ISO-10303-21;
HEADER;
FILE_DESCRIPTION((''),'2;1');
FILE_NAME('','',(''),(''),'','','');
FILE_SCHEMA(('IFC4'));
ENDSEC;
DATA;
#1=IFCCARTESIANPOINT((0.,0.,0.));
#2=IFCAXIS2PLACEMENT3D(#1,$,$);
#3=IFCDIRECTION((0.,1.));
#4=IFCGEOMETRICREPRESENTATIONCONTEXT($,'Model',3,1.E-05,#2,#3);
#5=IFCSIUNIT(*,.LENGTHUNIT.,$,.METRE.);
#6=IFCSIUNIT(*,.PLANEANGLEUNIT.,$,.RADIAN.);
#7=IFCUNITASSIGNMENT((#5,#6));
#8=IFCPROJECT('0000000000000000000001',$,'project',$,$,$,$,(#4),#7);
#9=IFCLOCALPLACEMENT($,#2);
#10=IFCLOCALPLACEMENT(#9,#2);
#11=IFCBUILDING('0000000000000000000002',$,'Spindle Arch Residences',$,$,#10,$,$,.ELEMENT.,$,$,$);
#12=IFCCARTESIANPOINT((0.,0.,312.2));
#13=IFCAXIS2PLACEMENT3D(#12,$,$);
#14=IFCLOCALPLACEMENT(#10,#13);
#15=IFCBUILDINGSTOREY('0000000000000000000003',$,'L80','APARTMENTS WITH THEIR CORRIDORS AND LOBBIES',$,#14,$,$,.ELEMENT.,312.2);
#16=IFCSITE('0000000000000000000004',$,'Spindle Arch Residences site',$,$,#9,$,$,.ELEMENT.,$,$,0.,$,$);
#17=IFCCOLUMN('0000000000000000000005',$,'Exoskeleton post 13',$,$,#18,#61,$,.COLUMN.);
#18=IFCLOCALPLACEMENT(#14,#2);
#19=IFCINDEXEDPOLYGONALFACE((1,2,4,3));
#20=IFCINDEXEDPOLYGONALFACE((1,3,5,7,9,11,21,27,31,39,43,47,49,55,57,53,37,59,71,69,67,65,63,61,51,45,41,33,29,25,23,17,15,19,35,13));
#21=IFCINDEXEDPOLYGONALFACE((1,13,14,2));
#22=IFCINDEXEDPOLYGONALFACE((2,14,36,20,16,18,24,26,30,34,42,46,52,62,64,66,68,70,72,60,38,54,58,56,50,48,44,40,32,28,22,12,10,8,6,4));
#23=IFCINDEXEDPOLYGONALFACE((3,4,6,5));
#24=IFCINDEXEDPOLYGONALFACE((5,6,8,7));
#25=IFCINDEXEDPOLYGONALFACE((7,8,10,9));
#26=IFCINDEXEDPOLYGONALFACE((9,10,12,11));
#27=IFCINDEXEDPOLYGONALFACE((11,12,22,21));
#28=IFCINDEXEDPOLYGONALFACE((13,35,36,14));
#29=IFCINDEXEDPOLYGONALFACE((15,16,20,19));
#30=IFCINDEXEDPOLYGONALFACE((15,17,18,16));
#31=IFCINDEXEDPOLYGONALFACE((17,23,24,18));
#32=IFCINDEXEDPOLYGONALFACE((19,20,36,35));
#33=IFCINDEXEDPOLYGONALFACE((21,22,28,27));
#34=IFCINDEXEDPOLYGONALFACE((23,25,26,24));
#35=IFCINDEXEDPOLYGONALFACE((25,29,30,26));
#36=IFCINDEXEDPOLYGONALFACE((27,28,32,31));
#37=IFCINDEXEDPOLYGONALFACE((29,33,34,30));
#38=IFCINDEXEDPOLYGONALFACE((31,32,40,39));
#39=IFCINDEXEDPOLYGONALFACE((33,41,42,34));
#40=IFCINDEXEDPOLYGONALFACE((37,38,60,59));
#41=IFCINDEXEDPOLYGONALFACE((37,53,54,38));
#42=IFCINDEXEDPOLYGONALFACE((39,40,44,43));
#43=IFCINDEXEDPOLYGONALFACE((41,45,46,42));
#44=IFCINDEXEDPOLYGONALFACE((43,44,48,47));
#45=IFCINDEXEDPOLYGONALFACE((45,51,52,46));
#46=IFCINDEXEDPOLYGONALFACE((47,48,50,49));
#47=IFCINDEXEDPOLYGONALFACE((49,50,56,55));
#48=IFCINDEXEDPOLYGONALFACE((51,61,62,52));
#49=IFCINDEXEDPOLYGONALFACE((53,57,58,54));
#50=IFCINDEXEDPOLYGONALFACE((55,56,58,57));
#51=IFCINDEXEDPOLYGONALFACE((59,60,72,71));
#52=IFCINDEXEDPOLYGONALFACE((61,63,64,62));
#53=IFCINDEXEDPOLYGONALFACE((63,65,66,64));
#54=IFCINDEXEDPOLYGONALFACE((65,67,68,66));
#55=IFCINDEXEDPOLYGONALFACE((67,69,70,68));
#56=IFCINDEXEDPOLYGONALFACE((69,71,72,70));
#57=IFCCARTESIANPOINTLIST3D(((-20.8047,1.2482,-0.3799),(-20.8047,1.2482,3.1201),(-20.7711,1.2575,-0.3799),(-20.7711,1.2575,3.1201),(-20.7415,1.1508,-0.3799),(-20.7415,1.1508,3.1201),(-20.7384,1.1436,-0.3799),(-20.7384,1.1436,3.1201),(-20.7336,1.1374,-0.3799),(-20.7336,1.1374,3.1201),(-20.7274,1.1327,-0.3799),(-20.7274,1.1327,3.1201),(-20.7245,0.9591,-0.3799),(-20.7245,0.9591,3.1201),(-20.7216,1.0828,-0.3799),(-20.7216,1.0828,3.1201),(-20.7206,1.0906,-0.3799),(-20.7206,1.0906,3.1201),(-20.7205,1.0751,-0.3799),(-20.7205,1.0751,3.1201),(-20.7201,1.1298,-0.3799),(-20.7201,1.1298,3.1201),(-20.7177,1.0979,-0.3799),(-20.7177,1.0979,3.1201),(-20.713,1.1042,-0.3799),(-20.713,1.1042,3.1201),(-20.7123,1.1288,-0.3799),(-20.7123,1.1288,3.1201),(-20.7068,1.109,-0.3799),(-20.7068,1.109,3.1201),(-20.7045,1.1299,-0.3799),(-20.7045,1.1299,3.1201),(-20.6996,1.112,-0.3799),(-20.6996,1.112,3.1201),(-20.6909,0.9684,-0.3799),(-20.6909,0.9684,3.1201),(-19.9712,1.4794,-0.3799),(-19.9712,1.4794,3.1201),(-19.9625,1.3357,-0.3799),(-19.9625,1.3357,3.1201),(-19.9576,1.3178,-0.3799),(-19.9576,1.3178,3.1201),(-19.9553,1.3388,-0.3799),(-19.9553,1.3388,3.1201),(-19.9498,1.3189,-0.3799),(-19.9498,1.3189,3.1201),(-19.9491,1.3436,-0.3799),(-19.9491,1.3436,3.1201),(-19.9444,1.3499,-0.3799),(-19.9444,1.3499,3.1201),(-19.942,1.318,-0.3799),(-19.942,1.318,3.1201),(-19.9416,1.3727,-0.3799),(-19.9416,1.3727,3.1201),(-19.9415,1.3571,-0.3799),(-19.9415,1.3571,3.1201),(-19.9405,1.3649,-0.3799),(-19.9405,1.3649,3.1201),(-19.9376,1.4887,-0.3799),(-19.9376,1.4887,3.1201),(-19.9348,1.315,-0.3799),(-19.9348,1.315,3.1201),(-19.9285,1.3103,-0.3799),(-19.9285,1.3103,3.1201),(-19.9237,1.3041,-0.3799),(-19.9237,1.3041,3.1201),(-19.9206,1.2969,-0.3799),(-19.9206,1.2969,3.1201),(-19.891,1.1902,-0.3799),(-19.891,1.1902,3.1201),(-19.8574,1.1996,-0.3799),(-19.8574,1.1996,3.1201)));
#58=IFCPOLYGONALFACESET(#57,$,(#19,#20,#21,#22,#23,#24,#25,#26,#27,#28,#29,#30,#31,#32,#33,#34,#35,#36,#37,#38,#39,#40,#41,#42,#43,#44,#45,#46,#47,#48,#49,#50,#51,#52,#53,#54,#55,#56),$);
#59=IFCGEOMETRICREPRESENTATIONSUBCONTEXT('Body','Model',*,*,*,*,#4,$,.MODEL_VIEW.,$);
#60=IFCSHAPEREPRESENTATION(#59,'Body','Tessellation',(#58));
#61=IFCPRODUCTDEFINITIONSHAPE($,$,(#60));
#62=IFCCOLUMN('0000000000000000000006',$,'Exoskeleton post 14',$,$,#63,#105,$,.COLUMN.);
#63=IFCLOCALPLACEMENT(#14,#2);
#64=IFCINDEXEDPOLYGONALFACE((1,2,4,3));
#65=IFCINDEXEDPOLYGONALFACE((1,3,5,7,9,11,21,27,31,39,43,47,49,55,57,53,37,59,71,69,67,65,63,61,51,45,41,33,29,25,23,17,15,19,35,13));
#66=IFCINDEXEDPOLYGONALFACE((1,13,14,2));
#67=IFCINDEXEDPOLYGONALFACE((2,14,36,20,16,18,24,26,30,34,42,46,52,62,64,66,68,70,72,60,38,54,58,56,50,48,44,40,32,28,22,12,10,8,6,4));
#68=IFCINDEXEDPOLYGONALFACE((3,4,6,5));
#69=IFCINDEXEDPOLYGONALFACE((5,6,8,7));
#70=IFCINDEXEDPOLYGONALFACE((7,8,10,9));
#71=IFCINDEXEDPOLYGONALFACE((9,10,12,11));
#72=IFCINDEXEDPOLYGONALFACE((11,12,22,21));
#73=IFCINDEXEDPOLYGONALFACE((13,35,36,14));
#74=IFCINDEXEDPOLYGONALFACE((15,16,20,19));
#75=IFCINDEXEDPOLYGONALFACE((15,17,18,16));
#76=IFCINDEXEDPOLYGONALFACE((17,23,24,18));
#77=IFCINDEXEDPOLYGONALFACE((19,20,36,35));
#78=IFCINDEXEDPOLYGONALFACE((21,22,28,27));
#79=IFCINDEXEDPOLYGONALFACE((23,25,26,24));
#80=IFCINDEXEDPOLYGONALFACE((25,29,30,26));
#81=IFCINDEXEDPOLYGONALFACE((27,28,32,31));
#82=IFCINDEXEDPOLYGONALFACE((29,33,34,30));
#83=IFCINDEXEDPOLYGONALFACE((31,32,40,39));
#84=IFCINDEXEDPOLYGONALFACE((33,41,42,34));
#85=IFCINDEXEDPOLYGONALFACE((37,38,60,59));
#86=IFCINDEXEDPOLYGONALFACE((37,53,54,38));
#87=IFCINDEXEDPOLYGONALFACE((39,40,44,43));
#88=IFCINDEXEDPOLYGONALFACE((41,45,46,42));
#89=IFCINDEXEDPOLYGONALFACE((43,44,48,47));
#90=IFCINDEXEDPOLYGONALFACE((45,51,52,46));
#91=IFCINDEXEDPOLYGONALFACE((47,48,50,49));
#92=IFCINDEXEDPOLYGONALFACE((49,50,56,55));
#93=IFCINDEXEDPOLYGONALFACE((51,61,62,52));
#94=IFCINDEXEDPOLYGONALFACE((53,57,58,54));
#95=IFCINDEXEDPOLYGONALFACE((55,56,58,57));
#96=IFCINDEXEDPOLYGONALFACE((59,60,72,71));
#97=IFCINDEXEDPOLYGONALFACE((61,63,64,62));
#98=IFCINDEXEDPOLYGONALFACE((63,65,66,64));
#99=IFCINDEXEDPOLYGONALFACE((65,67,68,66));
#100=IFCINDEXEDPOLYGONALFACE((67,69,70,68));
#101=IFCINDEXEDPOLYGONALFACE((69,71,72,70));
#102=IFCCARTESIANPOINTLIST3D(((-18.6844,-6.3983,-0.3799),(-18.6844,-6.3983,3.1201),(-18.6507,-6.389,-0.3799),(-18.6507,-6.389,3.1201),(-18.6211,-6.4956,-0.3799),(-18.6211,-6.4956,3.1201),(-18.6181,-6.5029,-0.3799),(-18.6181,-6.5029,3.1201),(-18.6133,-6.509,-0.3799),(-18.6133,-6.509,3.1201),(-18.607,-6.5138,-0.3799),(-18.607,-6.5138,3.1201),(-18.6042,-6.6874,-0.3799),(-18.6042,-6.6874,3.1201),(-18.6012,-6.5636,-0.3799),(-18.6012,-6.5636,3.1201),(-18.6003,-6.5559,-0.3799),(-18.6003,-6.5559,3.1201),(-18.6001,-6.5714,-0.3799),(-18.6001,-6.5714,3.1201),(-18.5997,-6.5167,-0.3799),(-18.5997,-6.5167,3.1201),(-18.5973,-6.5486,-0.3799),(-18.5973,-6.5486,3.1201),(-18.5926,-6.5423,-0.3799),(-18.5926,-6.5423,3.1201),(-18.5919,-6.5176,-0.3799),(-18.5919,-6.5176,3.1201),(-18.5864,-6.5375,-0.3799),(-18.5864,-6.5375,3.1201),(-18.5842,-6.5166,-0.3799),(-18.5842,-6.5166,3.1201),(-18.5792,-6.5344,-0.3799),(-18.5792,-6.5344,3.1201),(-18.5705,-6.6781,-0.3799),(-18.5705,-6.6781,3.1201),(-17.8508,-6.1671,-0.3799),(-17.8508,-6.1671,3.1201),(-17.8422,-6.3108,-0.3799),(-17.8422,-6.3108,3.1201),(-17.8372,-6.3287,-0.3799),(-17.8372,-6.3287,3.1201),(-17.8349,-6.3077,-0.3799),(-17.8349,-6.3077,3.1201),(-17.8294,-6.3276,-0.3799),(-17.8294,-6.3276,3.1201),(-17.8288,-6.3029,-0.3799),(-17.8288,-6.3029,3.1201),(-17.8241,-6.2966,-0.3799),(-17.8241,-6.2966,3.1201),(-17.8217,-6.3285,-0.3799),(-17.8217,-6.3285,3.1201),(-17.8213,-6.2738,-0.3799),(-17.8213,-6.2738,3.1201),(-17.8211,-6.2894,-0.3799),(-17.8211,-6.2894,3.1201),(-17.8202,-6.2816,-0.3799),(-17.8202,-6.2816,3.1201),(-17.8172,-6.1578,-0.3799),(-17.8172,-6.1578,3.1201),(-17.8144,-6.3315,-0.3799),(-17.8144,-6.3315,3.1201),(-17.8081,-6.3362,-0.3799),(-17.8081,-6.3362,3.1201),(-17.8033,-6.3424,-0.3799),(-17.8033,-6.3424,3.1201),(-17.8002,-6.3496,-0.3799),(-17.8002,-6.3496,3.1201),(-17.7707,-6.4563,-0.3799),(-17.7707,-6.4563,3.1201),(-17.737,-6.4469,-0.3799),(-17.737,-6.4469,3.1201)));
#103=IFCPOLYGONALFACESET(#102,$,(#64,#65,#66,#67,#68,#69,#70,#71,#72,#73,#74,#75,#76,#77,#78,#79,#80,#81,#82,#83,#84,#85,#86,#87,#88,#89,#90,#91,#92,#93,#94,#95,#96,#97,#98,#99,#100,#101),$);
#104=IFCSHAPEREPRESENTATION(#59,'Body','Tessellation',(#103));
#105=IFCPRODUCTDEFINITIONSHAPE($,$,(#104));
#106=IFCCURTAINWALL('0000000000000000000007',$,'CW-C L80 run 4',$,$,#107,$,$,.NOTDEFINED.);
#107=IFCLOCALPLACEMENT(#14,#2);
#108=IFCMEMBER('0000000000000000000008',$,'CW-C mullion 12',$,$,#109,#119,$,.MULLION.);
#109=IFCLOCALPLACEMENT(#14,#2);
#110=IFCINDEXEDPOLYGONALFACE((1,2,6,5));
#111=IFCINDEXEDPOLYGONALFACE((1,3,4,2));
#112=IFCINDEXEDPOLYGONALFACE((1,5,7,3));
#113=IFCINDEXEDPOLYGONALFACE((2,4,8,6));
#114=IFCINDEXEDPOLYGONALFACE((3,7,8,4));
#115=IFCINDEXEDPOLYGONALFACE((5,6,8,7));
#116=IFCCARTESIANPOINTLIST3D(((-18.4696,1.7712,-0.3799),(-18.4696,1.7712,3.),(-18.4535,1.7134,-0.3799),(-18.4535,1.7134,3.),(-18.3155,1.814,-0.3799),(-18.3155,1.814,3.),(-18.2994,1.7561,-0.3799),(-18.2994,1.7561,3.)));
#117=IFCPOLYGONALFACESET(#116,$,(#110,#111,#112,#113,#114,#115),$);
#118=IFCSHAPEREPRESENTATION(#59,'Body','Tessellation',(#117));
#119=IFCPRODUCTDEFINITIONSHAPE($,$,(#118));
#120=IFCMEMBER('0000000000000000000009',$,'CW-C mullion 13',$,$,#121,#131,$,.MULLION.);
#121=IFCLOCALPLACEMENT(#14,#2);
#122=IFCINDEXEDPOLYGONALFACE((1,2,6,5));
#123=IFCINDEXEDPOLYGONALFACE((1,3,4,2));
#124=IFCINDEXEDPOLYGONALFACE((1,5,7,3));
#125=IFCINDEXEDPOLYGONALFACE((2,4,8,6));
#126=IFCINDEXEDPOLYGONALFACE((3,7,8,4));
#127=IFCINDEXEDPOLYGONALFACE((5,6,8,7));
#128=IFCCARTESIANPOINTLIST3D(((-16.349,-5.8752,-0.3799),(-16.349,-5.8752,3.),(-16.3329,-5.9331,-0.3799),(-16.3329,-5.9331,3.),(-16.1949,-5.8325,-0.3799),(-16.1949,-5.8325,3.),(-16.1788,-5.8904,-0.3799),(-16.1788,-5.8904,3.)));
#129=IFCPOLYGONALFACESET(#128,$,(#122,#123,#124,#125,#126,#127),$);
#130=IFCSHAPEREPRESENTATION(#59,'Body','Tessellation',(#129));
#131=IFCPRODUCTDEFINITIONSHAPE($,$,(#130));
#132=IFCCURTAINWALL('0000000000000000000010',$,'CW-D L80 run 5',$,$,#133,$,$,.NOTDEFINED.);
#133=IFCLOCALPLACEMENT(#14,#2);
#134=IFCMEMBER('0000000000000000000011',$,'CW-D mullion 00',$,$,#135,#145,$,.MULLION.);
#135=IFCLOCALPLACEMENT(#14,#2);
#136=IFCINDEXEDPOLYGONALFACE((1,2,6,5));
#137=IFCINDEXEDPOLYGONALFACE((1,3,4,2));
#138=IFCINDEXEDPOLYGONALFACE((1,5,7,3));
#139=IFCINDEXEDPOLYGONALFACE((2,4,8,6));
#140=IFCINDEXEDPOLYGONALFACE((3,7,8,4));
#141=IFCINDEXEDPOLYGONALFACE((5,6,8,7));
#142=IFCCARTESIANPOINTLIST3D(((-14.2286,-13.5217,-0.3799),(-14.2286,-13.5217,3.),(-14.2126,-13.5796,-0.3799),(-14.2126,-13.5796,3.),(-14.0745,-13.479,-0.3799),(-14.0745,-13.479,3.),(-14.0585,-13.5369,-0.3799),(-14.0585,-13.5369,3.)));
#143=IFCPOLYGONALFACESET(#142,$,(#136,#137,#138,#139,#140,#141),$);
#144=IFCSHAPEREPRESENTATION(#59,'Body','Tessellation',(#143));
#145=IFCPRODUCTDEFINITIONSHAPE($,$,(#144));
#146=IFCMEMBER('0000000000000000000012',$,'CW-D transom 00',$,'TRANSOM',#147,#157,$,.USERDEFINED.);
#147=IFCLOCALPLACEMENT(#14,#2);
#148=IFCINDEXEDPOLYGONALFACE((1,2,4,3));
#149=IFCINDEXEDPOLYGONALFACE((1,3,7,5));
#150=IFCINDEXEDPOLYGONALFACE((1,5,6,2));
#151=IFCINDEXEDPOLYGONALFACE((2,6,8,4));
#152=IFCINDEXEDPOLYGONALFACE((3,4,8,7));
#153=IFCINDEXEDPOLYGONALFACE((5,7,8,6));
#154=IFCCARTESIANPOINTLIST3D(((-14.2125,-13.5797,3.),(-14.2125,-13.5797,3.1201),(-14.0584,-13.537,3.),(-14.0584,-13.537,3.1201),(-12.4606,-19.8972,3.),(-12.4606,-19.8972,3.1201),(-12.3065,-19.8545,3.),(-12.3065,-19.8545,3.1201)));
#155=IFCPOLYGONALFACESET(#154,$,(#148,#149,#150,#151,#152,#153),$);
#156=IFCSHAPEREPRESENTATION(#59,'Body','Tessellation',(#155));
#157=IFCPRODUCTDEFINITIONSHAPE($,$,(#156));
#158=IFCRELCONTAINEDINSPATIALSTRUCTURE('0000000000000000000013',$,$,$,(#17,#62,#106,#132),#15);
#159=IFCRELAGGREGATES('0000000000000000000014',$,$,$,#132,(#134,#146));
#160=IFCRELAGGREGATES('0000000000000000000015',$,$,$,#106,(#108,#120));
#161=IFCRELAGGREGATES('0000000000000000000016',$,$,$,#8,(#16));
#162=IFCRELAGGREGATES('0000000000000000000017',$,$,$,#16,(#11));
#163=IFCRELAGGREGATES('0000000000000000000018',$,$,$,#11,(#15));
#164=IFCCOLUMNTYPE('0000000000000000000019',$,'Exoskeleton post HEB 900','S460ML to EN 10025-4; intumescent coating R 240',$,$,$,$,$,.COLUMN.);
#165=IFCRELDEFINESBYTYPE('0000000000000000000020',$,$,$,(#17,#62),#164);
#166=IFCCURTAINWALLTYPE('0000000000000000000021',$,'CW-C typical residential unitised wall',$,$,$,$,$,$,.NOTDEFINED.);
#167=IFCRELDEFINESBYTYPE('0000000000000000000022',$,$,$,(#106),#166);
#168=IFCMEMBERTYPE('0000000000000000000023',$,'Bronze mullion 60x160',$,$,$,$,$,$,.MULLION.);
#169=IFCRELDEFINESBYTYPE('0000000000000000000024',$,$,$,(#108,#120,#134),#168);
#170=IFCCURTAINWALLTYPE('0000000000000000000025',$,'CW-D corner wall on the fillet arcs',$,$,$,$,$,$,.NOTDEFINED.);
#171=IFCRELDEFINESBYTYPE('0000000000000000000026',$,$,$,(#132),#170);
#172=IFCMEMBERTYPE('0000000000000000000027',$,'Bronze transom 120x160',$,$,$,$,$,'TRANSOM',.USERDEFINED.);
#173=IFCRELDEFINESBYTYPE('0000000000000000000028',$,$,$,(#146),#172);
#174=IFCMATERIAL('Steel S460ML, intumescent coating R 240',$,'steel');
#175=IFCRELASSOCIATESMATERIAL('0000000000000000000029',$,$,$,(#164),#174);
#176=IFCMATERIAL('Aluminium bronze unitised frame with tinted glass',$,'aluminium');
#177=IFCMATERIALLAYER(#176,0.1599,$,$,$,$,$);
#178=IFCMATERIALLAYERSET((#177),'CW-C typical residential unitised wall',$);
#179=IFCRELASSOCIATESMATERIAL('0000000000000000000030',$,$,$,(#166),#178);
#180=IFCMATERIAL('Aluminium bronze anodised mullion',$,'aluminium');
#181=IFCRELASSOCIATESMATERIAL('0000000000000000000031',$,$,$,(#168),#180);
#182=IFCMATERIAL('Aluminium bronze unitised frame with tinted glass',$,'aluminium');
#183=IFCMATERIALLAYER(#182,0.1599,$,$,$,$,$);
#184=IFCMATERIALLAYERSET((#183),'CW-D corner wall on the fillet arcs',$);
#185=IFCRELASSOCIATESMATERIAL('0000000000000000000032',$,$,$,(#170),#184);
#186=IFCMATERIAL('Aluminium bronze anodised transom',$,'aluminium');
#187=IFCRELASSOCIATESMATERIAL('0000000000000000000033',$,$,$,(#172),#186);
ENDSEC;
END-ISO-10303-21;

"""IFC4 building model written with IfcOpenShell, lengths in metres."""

from ifc_helpers import new_model, si_unit, direction, frame, origin, origin_2d, place, context, subcontext, project, spatial, rectangle, i_section, extrude, material, layer, layer_set, material_profile, profile_set, type_object, element, aggregate, save


model = new_model("IFC4")

# Units and contexts
model_context = context("Model", 3, precision=1e-05, world=origin(), true_north=direction((0.0, 1.0)))
body_context = subcontext(model_context, "Body", "Model", "MODEL_VIEW")
ifc_project = project(units=[si_unit("LENGTHUNIT", "METRE"), si_unit("PLANEANGLEUNIT", "RADIAN")], contexts=[model_context])

# Site, building, storey
site_placement = place(None, origin())
site = spatial("IfcSite", under=ifc_project, at=site_placement, Name="Spindle Arch Residences site", CompositionType="ELEMENT", RefElevation=0.0)
building_placement = place(site_placement, origin())
building = spatial("IfcBuilding", under=site, at=building_placement, Name="Spindle Arch Residences", CompositionType="ELEMENT")
storey_placement = place(building_placement, frame((0.0, 0.0, 312.2)))
storey = spatial("IfcBuildingStorey", under=building, at=storey_placement, Name="L80", Description="APARTMENTS WITH THEIR CORRIDORS AND LOBBIES", CompositionType="ELEMENT", Elevation=312.2)

# Columns
ifc_material_1 = material(Name="Steel S460ML, intumescent coating R 240", Category="steel")
ifc_material_profile_1 = material_profile(ifc_material_1, i_section(OverallWidth=0.3, OverallDepth=0.8999, WebThickness=0.0186, FlangeThickness=0.0349, FilletRadius=0.03, at=origin_2d()), Name="HEB 900")
ifc_profile_set_1 = profile_set([ifc_material_profile_1], Name="Steel S460ML, intumescent coating R 240")
column_type = type_object("IfcColumnType", Name="Exoskeleton post HEB 900", Description="S460ML to EN 10025-4; intumescent coating R 240", PredefinedType="COLUMN", material=ifc_profile_set_1)
for number, where, z_axis, x_axis, name in (
    (1, (-20.3311, 1.2239, -0.3799), (0.0, 0.0, 1.0), (-0.267238, 0.963631, 0.0), "Exoskeleton post 13"),
    (2, (-18.2107, -6.4226, -0.3799), (0.0, 0.0, 1.0), (-0.267238, 0.963631, 0.0), "Exoskeleton post 14"),
):
    element("IfcColumn", number, at=place(storey_placement, frame(where, z_axis=z_axis, x_axis=x_axis)), inside=storey, type_object=column_type, Name=name, PredefinedType="COLUMN", context=body_context, shape_type="SweptSolid", body=[
        extrude(i_section(OverallWidth=0.3, OverallDepth=0.8999, WebThickness=0.0186, FlangeThickness=0.0349, FilletRadius=0.03, at=origin_2d()), origin(), (0.0, 0.0, 1.0), 3.5),
    ])

# Curtain walls, members
ifc_material_2 = material(Name="Aluminium bronze unitised frame with tinted glass", Category="aluminium")
ifc_layer_1 = layer(ifc_material_2, 0.1599)
ifc_layer_set_1 = layer_set([ifc_layer_1], Name="CW-C typical residential unitised wall")
curtain_wall_type_1 = type_object("IfcCurtainWallType", Name="CW-C typical residential unitised wall", PredefinedType="NOTDEFINED", material=ifc_layer_set_1)
curtain_wall_1_placement = place(storey_placement, origin())
curtain_wall_1 = element("IfcCurtainWall", 3, at=curtain_wall_1_placement, inside=storey, type_object=curtain_wall_type_1, Name="CW-C L80 run 4", PredefinedType="NOTDEFINED")
ifc_material_3 = material(Name="Aluminium bronze anodised mullion", Category="aluminium")
ifc_material_profile_2 = material_profile(ifc_material_3, rectangle(XDim=0.1599, YDim=0.0601, at=origin_2d()), Name="MU 60x160")
ifc_profile_set_2 = profile_set([ifc_material_profile_2], Name="Aluminium bronze anodised mullion")
member_type_1 = type_object("IfcMemberType", Name="Bronze mullion 60x160", PredefinedType="MULLION", material=ifc_profile_set_2)
member_1_placement = place(storey_placement, frame((-18.3845, 1.7637, -0.3799), z_axis=(0.0, 0.0, 1.0), x_axis=(0.96363, 0.267238, 0.0)))
member_1 = element("IfcMember", 4, at=member_1_placement, type_object=member_type_1, Name="CW-C mullion 12", PredefinedType="MULLION", context=body_context, shape_type="SweptSolid", body=[
    extrude(rectangle(XDim=0.1599, YDim=0.0601, at=origin_2d()), origin(), (0.0, 0.0, 1.0), 3.3799),
])
member_2_placement = place(storey_placement, frame((-16.2639, -5.8828, -0.3799), z_axis=(0.0, 0.0, 1.0), x_axis=(0.96363, 0.267238, 0.0)))
member_2 = element("IfcMember", 5, at=member_2_placement, type_object=member_type_1, Name="CW-C mullion 13", PredefinedType="MULLION", context=body_context, shape_type="SweptSolid", body=[
    extrude(rectangle(XDim=0.1599, YDim=0.0601, at=origin_2d()), origin(), (0.0, 0.0, 1.0), 3.3799),
])
ifc_material_4 = material(Name="Aluminium bronze unitised frame with tinted glass", Category="aluminium")
ifc_layer_2 = layer(ifc_material_4, 0.1599)
ifc_layer_set_2 = layer_set([ifc_layer_2], Name="CW-D corner wall on the fillet arcs")
curtain_wall_type_2 = type_object("IfcCurtainWallType", Name="CW-D corner wall on the fillet arcs", PredefinedType="NOTDEFINED", material=ifc_layer_set_2)
curtain_wall_2_placement = place(storey_placement, origin())
curtain_wall_2 = element("IfcCurtainWall", 6, at=curtain_wall_2_placement, inside=storey, type_object=curtain_wall_type_2, Name="CW-D L80 run 5", PredefinedType="NOTDEFINED")
member_3_placement = place(storey_placement, frame((-14.1436, -13.5293, -0.3799), z_axis=(0.0, 0.0, 1.0), x_axis=(0.96363, 0.267238, 0.0)))
member_3 = element("IfcMember", 7, at=member_3_placement, type_object=member_type_1, Name="CW-D mullion 00", PredefinedType="MULLION", context=body_context, shape_type="SweptSolid", body=[
    extrude(rectangle(XDim=0.1599, YDim=0.0601, at=origin_2d()), origin(), (0.0, 0.0, 1.0), 3.3799),
])
ifc_material_5 = material(Name="Aluminium bronze anodised transom", Category="aluminium")
ifc_material_profile_3 = material_profile(ifc_material_5, rectangle(XDim=0.1599, YDim=0.1201, at=origin_2d()), Name="TR 120x160")
ifc_profile_set_3 = profile_set([ifc_material_profile_3], Name="Aluminium bronze anodised transom")
member_type_2 = type_object("IfcMemberType", Name="Bronze transom 120x160", ElementType="TRANSOM", PredefinedType="USERDEFINED", material=ifc_profile_set_3)
member_4_placement = place(storey_placement, frame((-14.1355, -13.5583, 3.0601), z_axis=(0.267237, -0.963631, 0.0), x_axis=(0.963631, 0.267237, 0.0)))
member_4 = element("IfcMember", 8, at=member_4_placement, type_object=member_type_2, Name="CW-D transom 00", ObjectType="TRANSOM", PredefinedType="USERDEFINED", context=body_context, shape_type="SweptSolid", body=[
    extrude(rectangle(XDim=0.1599, YDim=0.1201, at=origin_2d()), origin(), (0.0, 0.0, 1.0), 6.5559),
])
aggregate(curtain_wall_2, [member_3, member_4])

aggregate(curtain_wall_1, [member_1, member_2])

save(model, "model.ifc")
